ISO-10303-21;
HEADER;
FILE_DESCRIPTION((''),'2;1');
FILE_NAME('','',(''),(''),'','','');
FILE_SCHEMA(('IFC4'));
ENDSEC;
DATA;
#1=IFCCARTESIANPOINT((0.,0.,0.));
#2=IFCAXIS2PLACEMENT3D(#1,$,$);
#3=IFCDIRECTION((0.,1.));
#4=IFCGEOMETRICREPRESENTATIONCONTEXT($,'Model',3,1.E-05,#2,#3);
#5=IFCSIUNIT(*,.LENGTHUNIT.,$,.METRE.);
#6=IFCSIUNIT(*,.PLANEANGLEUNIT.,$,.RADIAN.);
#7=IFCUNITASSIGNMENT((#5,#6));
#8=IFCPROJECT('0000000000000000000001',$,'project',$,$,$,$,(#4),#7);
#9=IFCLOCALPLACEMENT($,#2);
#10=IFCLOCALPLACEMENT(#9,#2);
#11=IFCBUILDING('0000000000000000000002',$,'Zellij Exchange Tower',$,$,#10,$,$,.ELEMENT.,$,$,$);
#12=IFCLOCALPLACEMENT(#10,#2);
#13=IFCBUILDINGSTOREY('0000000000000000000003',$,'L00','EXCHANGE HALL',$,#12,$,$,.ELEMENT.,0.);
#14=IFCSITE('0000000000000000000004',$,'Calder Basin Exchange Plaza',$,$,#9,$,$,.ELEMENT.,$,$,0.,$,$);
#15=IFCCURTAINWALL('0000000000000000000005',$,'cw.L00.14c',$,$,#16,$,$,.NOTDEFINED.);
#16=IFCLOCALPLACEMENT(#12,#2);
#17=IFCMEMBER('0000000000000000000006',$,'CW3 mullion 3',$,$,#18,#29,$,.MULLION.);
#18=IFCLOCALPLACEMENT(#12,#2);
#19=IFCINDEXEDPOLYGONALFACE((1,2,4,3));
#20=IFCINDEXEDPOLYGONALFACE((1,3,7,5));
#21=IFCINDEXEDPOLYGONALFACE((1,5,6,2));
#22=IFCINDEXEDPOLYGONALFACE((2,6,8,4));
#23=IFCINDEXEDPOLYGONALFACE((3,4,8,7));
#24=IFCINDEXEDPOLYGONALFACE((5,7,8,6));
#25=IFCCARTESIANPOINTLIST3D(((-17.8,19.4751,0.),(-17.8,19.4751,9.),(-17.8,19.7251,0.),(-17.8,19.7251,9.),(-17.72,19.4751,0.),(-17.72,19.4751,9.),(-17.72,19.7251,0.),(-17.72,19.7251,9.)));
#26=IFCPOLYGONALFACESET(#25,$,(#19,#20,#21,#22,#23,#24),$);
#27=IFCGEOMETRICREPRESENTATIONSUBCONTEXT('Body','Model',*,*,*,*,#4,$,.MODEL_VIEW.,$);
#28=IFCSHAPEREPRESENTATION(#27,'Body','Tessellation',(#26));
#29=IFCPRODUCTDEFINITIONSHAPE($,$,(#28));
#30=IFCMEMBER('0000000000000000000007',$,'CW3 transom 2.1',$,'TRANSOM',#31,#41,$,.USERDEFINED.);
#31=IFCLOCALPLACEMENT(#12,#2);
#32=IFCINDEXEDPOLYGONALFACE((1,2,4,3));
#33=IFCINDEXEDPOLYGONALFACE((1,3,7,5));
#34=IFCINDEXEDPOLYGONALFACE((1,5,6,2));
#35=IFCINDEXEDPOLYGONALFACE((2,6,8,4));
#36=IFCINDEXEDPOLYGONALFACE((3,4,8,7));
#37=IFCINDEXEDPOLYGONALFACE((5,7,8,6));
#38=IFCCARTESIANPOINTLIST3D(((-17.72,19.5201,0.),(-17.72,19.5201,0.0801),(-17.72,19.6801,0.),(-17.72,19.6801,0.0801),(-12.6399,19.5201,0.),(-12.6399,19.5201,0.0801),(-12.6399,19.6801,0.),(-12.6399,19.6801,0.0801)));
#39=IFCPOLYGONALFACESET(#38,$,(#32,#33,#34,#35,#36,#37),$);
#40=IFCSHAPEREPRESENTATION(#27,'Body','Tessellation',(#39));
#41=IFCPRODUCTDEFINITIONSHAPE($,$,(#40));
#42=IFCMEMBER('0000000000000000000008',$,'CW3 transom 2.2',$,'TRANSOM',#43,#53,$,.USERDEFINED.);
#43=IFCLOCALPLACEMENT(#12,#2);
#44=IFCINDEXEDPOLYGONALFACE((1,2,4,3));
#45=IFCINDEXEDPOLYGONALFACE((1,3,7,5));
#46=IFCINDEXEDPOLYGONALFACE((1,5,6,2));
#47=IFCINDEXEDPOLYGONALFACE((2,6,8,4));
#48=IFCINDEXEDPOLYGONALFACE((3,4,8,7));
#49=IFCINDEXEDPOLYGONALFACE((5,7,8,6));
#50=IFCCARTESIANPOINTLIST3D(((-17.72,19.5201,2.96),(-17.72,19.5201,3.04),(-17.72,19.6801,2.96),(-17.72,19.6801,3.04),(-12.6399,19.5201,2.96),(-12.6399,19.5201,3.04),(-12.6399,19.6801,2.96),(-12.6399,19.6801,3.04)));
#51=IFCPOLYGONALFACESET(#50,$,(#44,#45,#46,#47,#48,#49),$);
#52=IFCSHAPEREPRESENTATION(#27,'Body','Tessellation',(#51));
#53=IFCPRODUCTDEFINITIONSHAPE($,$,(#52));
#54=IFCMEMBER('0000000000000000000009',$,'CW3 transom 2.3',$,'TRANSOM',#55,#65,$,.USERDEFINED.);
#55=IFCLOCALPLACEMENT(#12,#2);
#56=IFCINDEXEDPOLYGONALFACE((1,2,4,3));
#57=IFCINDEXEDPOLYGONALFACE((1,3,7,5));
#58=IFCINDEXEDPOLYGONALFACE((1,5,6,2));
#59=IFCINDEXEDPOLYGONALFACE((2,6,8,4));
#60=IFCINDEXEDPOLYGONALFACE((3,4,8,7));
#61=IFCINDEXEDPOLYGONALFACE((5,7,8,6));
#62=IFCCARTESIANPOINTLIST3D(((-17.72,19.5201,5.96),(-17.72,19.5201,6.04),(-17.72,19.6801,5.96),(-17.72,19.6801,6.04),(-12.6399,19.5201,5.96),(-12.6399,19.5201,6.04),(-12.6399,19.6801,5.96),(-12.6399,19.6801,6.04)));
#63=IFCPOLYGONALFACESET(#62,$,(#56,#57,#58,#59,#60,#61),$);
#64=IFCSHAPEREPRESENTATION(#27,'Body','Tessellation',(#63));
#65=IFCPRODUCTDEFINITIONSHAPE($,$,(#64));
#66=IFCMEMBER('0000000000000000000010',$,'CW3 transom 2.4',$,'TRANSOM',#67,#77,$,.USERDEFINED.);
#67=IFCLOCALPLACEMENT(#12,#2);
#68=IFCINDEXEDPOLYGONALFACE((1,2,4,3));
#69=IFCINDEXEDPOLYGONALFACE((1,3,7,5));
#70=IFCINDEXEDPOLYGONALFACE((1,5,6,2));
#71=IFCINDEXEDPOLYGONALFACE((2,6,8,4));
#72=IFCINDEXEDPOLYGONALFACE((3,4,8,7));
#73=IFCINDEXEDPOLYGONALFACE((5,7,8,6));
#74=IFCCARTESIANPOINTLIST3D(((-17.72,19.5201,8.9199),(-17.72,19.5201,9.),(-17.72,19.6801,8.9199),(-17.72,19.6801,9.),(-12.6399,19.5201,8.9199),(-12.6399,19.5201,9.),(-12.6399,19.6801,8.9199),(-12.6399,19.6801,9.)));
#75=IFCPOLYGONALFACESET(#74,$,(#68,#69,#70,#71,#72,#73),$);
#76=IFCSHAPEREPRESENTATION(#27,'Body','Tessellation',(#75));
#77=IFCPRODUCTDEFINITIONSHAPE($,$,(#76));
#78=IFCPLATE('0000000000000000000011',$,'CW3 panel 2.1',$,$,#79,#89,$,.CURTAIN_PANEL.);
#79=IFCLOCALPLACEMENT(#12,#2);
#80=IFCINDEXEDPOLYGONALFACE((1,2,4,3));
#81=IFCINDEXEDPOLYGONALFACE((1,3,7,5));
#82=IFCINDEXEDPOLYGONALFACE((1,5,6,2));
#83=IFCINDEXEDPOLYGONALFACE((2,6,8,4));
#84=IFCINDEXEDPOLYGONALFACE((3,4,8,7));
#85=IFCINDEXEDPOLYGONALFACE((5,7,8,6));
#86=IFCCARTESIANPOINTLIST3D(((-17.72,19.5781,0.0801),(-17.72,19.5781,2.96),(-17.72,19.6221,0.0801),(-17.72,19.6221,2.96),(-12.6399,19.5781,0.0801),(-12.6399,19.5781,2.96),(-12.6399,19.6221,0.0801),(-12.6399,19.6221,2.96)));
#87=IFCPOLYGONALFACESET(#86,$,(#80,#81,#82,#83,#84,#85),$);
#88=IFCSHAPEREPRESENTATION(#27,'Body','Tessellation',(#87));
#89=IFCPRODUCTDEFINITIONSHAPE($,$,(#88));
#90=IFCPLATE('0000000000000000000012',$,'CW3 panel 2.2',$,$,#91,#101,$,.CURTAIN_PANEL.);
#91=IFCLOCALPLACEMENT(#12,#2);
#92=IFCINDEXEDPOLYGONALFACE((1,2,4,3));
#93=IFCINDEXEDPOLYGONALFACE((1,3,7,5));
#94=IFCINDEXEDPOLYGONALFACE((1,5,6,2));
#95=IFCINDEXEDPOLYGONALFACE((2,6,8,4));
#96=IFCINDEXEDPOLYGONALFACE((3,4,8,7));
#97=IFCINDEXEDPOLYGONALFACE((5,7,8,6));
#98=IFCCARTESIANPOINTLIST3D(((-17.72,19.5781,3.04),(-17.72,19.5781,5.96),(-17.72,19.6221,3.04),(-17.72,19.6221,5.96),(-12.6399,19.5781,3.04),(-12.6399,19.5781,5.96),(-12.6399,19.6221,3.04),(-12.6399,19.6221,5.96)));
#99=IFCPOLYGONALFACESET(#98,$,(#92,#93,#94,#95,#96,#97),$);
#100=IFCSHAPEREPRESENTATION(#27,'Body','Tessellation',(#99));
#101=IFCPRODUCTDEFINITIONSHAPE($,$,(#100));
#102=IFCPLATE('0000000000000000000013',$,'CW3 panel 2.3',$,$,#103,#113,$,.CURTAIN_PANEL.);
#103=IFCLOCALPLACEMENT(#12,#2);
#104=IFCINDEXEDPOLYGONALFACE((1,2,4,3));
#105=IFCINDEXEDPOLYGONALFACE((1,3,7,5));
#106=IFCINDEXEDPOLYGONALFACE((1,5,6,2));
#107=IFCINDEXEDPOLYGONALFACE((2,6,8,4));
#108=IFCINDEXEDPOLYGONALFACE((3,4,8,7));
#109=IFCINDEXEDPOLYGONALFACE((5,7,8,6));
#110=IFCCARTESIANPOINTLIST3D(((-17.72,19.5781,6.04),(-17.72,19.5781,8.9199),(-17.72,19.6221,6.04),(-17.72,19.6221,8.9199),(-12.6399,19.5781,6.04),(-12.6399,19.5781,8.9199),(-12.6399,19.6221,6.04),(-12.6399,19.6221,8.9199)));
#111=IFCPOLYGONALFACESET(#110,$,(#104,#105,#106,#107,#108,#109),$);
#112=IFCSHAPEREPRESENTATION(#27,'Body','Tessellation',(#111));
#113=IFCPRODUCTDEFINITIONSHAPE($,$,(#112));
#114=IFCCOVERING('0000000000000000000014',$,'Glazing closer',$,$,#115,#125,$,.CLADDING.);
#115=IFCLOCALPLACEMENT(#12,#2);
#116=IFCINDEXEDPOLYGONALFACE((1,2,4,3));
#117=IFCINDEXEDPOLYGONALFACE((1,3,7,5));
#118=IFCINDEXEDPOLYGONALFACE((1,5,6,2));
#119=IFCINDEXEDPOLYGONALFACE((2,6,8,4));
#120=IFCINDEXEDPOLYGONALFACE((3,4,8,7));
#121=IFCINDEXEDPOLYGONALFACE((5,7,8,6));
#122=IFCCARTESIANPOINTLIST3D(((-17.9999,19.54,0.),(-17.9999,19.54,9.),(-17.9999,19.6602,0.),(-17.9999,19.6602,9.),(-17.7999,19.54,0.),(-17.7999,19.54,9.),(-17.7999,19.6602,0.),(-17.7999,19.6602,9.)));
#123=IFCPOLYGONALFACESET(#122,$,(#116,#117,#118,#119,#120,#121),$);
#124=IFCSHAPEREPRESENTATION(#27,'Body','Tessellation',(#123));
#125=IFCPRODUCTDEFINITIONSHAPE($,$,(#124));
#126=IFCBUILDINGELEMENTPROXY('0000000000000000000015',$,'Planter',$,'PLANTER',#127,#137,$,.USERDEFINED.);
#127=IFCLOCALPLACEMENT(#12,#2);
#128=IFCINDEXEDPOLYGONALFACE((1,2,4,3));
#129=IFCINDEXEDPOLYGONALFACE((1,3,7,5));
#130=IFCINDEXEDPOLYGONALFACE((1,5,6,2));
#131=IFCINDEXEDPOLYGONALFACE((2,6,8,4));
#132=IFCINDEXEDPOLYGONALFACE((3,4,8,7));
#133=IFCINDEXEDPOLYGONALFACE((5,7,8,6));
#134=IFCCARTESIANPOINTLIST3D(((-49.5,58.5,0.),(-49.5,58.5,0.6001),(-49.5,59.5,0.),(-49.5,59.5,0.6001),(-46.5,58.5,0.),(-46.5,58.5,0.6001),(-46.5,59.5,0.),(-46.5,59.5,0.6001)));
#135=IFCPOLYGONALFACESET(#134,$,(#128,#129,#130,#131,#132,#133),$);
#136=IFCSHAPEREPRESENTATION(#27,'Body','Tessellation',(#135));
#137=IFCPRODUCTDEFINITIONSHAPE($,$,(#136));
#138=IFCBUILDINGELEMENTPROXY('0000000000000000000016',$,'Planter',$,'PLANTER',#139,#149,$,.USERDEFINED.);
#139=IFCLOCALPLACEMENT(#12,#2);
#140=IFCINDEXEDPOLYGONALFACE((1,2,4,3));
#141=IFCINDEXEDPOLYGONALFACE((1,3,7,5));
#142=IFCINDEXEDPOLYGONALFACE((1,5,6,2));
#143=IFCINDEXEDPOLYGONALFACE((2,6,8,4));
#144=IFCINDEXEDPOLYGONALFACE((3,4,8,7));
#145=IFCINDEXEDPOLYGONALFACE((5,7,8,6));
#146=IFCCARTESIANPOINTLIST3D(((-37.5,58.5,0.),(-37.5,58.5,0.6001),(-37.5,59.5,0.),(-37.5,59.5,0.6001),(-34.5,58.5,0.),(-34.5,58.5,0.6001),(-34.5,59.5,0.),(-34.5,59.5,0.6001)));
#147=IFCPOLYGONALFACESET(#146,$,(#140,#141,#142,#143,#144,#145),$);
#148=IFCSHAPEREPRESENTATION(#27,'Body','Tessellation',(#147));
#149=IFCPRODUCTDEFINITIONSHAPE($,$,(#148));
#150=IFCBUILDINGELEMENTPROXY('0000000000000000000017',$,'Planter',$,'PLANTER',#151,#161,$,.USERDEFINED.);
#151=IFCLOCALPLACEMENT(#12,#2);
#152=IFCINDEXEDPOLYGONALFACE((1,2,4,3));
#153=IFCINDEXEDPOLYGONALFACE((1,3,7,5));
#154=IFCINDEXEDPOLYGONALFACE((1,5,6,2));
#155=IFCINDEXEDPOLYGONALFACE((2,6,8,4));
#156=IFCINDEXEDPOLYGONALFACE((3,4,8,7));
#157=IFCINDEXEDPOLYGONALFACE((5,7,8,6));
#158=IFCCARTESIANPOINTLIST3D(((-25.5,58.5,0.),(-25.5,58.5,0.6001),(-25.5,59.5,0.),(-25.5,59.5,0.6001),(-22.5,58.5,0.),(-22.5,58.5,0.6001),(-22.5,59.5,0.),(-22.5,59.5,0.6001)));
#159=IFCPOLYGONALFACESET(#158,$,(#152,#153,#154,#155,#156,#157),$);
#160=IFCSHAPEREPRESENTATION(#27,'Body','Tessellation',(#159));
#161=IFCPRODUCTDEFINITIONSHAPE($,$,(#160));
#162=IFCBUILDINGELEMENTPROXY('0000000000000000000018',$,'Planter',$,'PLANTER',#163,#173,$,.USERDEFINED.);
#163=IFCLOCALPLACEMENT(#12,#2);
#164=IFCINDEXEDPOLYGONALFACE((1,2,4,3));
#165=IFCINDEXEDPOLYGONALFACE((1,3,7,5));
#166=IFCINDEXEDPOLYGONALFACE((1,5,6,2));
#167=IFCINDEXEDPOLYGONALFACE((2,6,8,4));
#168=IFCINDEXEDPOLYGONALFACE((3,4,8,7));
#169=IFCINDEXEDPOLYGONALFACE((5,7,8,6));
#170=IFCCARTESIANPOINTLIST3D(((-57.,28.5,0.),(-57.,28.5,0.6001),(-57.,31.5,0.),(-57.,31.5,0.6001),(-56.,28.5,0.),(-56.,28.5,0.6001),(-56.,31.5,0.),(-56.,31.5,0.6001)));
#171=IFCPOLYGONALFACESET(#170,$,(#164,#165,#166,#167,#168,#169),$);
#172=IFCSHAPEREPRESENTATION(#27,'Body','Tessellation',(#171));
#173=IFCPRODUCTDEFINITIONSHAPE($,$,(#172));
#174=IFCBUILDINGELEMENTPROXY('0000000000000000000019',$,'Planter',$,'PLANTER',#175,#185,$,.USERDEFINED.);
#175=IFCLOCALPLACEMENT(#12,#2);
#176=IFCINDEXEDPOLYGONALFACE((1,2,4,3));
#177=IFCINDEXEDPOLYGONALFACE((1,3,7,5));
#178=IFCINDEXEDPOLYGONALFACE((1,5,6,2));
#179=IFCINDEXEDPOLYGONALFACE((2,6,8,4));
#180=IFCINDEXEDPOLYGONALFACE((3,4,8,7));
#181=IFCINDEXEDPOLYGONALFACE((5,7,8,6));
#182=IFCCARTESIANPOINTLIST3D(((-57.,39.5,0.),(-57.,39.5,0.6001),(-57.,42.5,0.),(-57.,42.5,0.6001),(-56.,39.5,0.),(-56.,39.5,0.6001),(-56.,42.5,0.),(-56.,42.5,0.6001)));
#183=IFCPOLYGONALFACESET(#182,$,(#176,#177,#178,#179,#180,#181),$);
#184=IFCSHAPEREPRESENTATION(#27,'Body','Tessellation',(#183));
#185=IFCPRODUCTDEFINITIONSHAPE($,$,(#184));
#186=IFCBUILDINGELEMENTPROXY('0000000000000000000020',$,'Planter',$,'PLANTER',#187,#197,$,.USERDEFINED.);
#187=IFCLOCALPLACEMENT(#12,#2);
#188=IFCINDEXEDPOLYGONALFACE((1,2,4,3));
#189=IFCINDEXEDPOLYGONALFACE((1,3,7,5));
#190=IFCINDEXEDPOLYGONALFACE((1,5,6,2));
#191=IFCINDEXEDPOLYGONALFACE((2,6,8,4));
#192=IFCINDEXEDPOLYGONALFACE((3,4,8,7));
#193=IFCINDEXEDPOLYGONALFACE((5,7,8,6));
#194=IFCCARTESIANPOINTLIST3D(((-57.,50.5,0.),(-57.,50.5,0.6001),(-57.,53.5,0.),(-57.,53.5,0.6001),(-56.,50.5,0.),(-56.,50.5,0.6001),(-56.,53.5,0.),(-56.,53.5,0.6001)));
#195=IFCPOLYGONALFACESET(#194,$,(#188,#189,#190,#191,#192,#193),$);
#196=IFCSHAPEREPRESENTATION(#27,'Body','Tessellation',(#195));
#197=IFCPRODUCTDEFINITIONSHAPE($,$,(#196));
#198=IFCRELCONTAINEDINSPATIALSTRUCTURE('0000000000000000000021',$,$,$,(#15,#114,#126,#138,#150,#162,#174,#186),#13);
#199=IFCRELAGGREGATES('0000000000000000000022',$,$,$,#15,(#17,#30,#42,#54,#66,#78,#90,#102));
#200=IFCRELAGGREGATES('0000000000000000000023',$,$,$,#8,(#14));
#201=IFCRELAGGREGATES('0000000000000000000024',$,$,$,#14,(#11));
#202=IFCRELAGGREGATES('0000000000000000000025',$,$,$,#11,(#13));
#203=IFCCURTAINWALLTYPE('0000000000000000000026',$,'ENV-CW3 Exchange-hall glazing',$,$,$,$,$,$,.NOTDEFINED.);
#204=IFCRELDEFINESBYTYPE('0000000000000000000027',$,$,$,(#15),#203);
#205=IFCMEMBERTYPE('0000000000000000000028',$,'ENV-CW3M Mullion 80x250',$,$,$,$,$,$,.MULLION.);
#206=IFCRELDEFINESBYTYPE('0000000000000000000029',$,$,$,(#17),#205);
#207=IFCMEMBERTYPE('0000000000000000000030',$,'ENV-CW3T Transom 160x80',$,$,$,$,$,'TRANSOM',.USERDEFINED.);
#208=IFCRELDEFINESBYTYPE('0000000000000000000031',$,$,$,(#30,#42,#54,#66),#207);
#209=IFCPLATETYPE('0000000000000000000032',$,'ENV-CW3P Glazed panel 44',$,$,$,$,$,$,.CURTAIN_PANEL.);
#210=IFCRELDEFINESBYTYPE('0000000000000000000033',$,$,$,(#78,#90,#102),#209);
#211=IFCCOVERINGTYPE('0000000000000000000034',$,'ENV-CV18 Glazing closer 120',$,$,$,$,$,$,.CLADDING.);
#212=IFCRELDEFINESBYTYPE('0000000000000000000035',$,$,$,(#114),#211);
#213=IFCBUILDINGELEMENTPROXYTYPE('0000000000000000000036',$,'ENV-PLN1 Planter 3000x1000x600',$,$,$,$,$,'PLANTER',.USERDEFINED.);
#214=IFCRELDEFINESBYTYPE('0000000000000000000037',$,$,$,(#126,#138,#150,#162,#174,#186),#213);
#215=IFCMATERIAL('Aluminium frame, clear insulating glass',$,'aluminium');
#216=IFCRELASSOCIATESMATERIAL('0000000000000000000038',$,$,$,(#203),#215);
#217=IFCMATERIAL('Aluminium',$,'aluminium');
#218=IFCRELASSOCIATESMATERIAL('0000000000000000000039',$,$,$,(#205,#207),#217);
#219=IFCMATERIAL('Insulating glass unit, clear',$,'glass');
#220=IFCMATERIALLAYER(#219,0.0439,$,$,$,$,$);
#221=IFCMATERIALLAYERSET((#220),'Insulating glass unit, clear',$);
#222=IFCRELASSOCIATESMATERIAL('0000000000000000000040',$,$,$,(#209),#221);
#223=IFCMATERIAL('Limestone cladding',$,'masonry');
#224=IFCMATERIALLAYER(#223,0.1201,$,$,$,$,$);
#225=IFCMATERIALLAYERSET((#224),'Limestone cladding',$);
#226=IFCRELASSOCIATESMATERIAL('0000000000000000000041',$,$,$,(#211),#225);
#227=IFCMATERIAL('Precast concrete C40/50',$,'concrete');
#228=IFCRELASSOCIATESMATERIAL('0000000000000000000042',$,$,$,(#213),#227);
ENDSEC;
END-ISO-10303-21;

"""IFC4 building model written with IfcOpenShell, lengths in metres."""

from ifc_helpers import new_model, si_unit, direction, frame, origin, origin_2d, place, context, subcontext, project, spatial, rectangle, extrude, material, layer, layer_set, material_profile, profile_set, type_object, element, aggregate, save


model = new_model("IFC4")

# Units and contexts
model_context = context("Model", 3, precision=1e-05, world=origin(), true_north=direction((0.0, 1.0)))
body_context = subcontext(model_context, "Body", "Model", "MODEL_VIEW")
ifc_project = project(units=[si_unit("LENGTHUNIT", "METRE"), si_unit("PLANEANGLEUNIT", "RADIAN")], contexts=[model_context])

# Site, building, storey
site_placement = place(None, origin())
site = spatial("IfcSite", under=ifc_project, at=site_placement, Name="Calder Basin Exchange Plaza", CompositionType="ELEMENT", RefElevation=0.0)
building_placement = place(site_placement, origin())
building = spatial("IfcBuilding", under=site, at=building_placement, Name="Zellij Exchange Tower", CompositionType="ELEMENT")
storey_placement = place(building_placement, origin())
storey = spatial("IfcBuildingStorey", under=building, at=storey_placement, Name="L00", Description="EXCHANGE HALL", CompositionType="ELEMENT", Elevation=0.0)

# Curtain wall, members, plates
ifc_material_1 = material(Name="Aluminium frame, clear insulating glass", Category="aluminium")
curtain_wall_type = type_object("IfcCurtainWallType", Name="ENV-CW3 Exchange-hall glazing", PredefinedType="NOTDEFINED", material=ifc_material_1)
curtain_wall_placement = place(storey_placement, origin())
curtain_wall = element("IfcCurtainWall", 1, at=curtain_wall_placement, inside=storey, type_object=curtain_wall_type, Name="cw.L00.14c", PredefinedType="NOTDEFINED")
ifc_material_2 = material(Name="Aluminium", Category="aluminium")
ifc_material_profile_1 = material_profile(ifc_material_2, rectangle(XDim=0.0801, YDim=0.25, at=origin_2d()), Name="AL 80x250")
ifc_profile_set_1 = profile_set([ifc_material_profile_1], Name="Aluminium")
member_type_1 = type_object("IfcMemberType", Name="ENV-CW3M Mullion 80x250", PredefinedType="MULLION", material=ifc_profile_set_1)
member_1_placement = place(storey_placement, frame((-17.76, 19.6001, 0.0), z_axis=(0.0, 0.0, 1.0), x_axis=(-1.0, 0.0, 0.0)))
member_1 = element("IfcMember", 2, at=member_1_placement, type_object=member_type_1, Name="CW3 mullion 3", PredefinedType="MULLION", context=body_context, shape_type="SweptSolid", body=[
    extrude(rectangle(XDim=0.0801, YDim=0.25, at=origin_2d()), origin(), (0.0, 0.0, 1.0), 9.0),
])
ifc_material_profile_2 = material_profile(ifc_material_2, rectangle(XDim=0.1599, YDim=0.0801, at=origin_2d()), Name="AL 160x80")
ifc_profile_set_2 = profile_set([ifc_material_profile_2], Name="Aluminium")
member_type_2 = type_object("IfcMemberType", Name="ENV-CW3T Transom 160x80", ElementType="TRANSOM", PredefinedType="USERDEFINED", material=ifc_profile_set_2)
member_2_placement = place(storey_placement, frame((-12.6399, 19.6001, 0.04), z_axis=(-1.0, 0.0, 0.0), x_axis=(0.0, -1.0, 0.0)))
member_2 = element("IfcMember", 3, at=member_2_placement, type_object=member_type_2, Name="CW3 transom 2.1", ObjectType="TRANSOM", PredefinedType="USERDEFINED", context=body_context, shape_type="SweptSolid", body=[
    extrude(rectangle(XDim=0.1599, YDim=0.0801, at=origin_2d()), origin(), (0.0, 0.0, 1.0), 5.0801),
])
member_3_placement = place(storey_placement, frame((-12.6399, 19.6001, 3.0), z_axis=(-1.0, 0.0, 0.0), x_axis=(0.0, -1.0, 0.0)))
member_3 = element("IfcMember", 4, at=member_3_placement, type_object=member_type_2, Name="CW3 transom 2.2", ObjectType="TRANSOM", PredefinedType="USERDEFINED", context=body_context, shape_type="SweptSolid", body=[
    extrude(rectangle(XDim=0.1599, YDim=0.0801, at=origin_2d()), origin(), (0.0, 0.0, 1.0), 5.0801),
])
member_4_placement = place(storey_placement, frame((-12.6399, 19.6001, 6.0), z_axis=(-1.0, 0.0, 0.0), x_axis=(0.0, -1.0, 0.0)))
member_4 = element("IfcMember", 5, at=member_4_placement, type_object=member_type_2, Name="CW3 transom 2.3", ObjectType="TRANSOM", PredefinedType="USERDEFINED", context=body_context, shape_type="SweptSolid", body=[
    extrude(rectangle(XDim=0.1599, YDim=0.0801, at=origin_2d()), origin(), (0.0, 0.0, 1.0), 5.0801),
])
member_5_placement = place(storey_placement, frame((-12.6399, 19.6001, 8.96), z_axis=(-1.0, 0.0, 0.0), x_axis=(0.0, -1.0, 0.0)))
member_5 = element("IfcMember", 6, at=member_5_placement, type_object=member_type_2, Name="CW3 transom 2.4", ObjectType="TRANSOM", PredefinedType="USERDEFINED", context=body_context, shape_type="SweptSolid", body=[
    extrude(rectangle(XDim=0.1599, YDim=0.0801, at=origin_2d()), origin(), (0.0, 0.0, 1.0), 5.0801),
])
ifc_material_3 = material(Name="Insulating glass unit, clear", Category="glass")
ifc_layer_1 = layer(ifc_material_3, 0.0439)
ifc_layer_set_1 = layer_set([ifc_layer_1], Name="Insulating glass unit, clear")
plate_type = type_object("IfcPlateType", Name="ENV-CW3P Glazed panel 44", PredefinedType="CURTAIN_PANEL", material=ifc_layer_set_1)
plate_1_placement = place(storey_placement, frame((-15.1799, 19.6001, 0.0801), z_axis=(0.0, 0.0, 1.0), x_axis=(-1.0, 0.0, 0.0)))
plate_1 = element("IfcPlate", 7, at=plate_1_placement, type_object=plate_type, Name="CW3 panel 2.1", PredefinedType="CURTAIN_PANEL", context=body_context, shape_type="SweptSolid", body=[
    extrude(rectangle(XDim=5.0801, YDim=0.0439, at=origin_2d()), origin(), (0.0, 0.0, 1.0), 2.8799),
])
plate_2_placement = place(storey_placement, frame((-15.1799, 19.6001, 3.04), z_axis=(0.0, 0.0, 1.0), x_axis=(-1.0, 0.0, 0.0)))
plate_2 = element("IfcPlate", 8, at=plate_2_placement, type_object=plate_type, Name="CW3 panel 2.2", PredefinedType="CURTAIN_PANEL", context=body_context, shape_type="SweptSolid", body=[
    extrude(rectangle(XDim=5.0801, YDim=0.0439, at=origin_2d()), origin(), (0.0, 0.0, 1.0), 2.9199),
])
plate_3_placement = place(storey_placement, frame((-15.1799, 19.6001, 6.04), z_axis=(0.0, 0.0, 1.0), x_axis=(-1.0, 0.0, 0.0)))
plate_3 = element("IfcPlate", 9, at=plate_3_placement, type_object=plate_type, Name="CW3 panel 2.3", PredefinedType="CURTAIN_PANEL", context=body_context, shape_type="SweptSolid", body=[
    extrude(rectangle(XDim=5.0801, YDim=0.0439, at=origin_2d()), origin(), (0.0, 0.0, 1.0), 2.8799),
])
aggregate(curtain_wall, [member_1, member_2, member_3, member_4, member_5, plate_1, plate_2, plate_3])

# Shared definitions
ifc_material_4 = material(Name="Precast concrete C40/50", Category="concrete")

# Covering
ifc_material_5 = material(Name="Limestone cladding", Category="masonry")
ifc_layer_2 = layer(ifc_material_5, 0.1201)
ifc_layer_set_2 = layer_set([ifc_layer_2], Name="Limestone cladding")
covering_type = type_object("IfcCoveringType", Name="ENV-CV18 Glazing closer 120", PredefinedType="CLADDING", material=ifc_layer_set_2)
covering_placement = place(storey_placement, frame((-17.8999, 19.6001, 0.0), z_axis=(0.0, 0.0, 1.0), x_axis=(-1.0, 0.0, 0.0)))
element("IfcCovering", 10, at=covering_placement, inside=storey, type_object=covering_type, Name="Glazing closer", PredefinedType="CLADDING", context=body_context, shape_type="SweptSolid", body=[
    extrude(rectangle(XDim=0.2, YDim=0.1201, at=origin_2d()), origin(), (0.0, 0.0, 1.0), 9.0),
])

# Building element proxies
building_element_proxy_type = type_object("IfcBuildingElementProxyType", Name="ENV-PLN1 Planter 3000x1000x600", ElementType="PLANTER", PredefinedType="USERDEFINED", material=ifc_material_4)
for number, where, z_axis, x_axis, name in (
    (11, (-48.0, 59.0, 0.0), (0.0, 0.0, 1.0), (1.0, 0.0, 0.0), "Planter"),
    (12, (-36.0, 59.0, 0.0), (0.0, 0.0, 1.0), (1.0, 0.0, 0.0), "Planter"),
    (13, (-24.0, 59.0, 0.0), (0.0, 0.0, 1.0), (1.0, 0.0, 0.0), "Planter"),
    (14, (-56.5, 30.0, 0.0), (0.0, 0.0, 1.0), (0.0, 1.0, 0.0), "Planter"),
    (15, (-56.5, 41.0, 0.0), (0.0, 0.0, 1.0), (0.0, 1.0, 0.0), "Planter"),
    (16, (-56.5, 52.0, 0.0), (0.0, 0.0, 1.0), (0.0, 1.0, 0.0), "Planter"),
):
    element("IfcBuildingElementProxy", number, at=place(storey_placement, frame(where, z_axis=z_axis, x_axis=x_axis)), inside=storey, type_object=building_element_proxy_type, Name=name, ObjectType="PLANTER", PredefinedType="USERDEFINED", context=body_context, shape_type="SweptSolid", body=[
        extrude(rectangle(XDim=3.0, YDim=1.0, at=origin_2d()), origin(), (0.0, 0.0, 1.0), 0.6001),
    ])

save(model, "model.ifc")
